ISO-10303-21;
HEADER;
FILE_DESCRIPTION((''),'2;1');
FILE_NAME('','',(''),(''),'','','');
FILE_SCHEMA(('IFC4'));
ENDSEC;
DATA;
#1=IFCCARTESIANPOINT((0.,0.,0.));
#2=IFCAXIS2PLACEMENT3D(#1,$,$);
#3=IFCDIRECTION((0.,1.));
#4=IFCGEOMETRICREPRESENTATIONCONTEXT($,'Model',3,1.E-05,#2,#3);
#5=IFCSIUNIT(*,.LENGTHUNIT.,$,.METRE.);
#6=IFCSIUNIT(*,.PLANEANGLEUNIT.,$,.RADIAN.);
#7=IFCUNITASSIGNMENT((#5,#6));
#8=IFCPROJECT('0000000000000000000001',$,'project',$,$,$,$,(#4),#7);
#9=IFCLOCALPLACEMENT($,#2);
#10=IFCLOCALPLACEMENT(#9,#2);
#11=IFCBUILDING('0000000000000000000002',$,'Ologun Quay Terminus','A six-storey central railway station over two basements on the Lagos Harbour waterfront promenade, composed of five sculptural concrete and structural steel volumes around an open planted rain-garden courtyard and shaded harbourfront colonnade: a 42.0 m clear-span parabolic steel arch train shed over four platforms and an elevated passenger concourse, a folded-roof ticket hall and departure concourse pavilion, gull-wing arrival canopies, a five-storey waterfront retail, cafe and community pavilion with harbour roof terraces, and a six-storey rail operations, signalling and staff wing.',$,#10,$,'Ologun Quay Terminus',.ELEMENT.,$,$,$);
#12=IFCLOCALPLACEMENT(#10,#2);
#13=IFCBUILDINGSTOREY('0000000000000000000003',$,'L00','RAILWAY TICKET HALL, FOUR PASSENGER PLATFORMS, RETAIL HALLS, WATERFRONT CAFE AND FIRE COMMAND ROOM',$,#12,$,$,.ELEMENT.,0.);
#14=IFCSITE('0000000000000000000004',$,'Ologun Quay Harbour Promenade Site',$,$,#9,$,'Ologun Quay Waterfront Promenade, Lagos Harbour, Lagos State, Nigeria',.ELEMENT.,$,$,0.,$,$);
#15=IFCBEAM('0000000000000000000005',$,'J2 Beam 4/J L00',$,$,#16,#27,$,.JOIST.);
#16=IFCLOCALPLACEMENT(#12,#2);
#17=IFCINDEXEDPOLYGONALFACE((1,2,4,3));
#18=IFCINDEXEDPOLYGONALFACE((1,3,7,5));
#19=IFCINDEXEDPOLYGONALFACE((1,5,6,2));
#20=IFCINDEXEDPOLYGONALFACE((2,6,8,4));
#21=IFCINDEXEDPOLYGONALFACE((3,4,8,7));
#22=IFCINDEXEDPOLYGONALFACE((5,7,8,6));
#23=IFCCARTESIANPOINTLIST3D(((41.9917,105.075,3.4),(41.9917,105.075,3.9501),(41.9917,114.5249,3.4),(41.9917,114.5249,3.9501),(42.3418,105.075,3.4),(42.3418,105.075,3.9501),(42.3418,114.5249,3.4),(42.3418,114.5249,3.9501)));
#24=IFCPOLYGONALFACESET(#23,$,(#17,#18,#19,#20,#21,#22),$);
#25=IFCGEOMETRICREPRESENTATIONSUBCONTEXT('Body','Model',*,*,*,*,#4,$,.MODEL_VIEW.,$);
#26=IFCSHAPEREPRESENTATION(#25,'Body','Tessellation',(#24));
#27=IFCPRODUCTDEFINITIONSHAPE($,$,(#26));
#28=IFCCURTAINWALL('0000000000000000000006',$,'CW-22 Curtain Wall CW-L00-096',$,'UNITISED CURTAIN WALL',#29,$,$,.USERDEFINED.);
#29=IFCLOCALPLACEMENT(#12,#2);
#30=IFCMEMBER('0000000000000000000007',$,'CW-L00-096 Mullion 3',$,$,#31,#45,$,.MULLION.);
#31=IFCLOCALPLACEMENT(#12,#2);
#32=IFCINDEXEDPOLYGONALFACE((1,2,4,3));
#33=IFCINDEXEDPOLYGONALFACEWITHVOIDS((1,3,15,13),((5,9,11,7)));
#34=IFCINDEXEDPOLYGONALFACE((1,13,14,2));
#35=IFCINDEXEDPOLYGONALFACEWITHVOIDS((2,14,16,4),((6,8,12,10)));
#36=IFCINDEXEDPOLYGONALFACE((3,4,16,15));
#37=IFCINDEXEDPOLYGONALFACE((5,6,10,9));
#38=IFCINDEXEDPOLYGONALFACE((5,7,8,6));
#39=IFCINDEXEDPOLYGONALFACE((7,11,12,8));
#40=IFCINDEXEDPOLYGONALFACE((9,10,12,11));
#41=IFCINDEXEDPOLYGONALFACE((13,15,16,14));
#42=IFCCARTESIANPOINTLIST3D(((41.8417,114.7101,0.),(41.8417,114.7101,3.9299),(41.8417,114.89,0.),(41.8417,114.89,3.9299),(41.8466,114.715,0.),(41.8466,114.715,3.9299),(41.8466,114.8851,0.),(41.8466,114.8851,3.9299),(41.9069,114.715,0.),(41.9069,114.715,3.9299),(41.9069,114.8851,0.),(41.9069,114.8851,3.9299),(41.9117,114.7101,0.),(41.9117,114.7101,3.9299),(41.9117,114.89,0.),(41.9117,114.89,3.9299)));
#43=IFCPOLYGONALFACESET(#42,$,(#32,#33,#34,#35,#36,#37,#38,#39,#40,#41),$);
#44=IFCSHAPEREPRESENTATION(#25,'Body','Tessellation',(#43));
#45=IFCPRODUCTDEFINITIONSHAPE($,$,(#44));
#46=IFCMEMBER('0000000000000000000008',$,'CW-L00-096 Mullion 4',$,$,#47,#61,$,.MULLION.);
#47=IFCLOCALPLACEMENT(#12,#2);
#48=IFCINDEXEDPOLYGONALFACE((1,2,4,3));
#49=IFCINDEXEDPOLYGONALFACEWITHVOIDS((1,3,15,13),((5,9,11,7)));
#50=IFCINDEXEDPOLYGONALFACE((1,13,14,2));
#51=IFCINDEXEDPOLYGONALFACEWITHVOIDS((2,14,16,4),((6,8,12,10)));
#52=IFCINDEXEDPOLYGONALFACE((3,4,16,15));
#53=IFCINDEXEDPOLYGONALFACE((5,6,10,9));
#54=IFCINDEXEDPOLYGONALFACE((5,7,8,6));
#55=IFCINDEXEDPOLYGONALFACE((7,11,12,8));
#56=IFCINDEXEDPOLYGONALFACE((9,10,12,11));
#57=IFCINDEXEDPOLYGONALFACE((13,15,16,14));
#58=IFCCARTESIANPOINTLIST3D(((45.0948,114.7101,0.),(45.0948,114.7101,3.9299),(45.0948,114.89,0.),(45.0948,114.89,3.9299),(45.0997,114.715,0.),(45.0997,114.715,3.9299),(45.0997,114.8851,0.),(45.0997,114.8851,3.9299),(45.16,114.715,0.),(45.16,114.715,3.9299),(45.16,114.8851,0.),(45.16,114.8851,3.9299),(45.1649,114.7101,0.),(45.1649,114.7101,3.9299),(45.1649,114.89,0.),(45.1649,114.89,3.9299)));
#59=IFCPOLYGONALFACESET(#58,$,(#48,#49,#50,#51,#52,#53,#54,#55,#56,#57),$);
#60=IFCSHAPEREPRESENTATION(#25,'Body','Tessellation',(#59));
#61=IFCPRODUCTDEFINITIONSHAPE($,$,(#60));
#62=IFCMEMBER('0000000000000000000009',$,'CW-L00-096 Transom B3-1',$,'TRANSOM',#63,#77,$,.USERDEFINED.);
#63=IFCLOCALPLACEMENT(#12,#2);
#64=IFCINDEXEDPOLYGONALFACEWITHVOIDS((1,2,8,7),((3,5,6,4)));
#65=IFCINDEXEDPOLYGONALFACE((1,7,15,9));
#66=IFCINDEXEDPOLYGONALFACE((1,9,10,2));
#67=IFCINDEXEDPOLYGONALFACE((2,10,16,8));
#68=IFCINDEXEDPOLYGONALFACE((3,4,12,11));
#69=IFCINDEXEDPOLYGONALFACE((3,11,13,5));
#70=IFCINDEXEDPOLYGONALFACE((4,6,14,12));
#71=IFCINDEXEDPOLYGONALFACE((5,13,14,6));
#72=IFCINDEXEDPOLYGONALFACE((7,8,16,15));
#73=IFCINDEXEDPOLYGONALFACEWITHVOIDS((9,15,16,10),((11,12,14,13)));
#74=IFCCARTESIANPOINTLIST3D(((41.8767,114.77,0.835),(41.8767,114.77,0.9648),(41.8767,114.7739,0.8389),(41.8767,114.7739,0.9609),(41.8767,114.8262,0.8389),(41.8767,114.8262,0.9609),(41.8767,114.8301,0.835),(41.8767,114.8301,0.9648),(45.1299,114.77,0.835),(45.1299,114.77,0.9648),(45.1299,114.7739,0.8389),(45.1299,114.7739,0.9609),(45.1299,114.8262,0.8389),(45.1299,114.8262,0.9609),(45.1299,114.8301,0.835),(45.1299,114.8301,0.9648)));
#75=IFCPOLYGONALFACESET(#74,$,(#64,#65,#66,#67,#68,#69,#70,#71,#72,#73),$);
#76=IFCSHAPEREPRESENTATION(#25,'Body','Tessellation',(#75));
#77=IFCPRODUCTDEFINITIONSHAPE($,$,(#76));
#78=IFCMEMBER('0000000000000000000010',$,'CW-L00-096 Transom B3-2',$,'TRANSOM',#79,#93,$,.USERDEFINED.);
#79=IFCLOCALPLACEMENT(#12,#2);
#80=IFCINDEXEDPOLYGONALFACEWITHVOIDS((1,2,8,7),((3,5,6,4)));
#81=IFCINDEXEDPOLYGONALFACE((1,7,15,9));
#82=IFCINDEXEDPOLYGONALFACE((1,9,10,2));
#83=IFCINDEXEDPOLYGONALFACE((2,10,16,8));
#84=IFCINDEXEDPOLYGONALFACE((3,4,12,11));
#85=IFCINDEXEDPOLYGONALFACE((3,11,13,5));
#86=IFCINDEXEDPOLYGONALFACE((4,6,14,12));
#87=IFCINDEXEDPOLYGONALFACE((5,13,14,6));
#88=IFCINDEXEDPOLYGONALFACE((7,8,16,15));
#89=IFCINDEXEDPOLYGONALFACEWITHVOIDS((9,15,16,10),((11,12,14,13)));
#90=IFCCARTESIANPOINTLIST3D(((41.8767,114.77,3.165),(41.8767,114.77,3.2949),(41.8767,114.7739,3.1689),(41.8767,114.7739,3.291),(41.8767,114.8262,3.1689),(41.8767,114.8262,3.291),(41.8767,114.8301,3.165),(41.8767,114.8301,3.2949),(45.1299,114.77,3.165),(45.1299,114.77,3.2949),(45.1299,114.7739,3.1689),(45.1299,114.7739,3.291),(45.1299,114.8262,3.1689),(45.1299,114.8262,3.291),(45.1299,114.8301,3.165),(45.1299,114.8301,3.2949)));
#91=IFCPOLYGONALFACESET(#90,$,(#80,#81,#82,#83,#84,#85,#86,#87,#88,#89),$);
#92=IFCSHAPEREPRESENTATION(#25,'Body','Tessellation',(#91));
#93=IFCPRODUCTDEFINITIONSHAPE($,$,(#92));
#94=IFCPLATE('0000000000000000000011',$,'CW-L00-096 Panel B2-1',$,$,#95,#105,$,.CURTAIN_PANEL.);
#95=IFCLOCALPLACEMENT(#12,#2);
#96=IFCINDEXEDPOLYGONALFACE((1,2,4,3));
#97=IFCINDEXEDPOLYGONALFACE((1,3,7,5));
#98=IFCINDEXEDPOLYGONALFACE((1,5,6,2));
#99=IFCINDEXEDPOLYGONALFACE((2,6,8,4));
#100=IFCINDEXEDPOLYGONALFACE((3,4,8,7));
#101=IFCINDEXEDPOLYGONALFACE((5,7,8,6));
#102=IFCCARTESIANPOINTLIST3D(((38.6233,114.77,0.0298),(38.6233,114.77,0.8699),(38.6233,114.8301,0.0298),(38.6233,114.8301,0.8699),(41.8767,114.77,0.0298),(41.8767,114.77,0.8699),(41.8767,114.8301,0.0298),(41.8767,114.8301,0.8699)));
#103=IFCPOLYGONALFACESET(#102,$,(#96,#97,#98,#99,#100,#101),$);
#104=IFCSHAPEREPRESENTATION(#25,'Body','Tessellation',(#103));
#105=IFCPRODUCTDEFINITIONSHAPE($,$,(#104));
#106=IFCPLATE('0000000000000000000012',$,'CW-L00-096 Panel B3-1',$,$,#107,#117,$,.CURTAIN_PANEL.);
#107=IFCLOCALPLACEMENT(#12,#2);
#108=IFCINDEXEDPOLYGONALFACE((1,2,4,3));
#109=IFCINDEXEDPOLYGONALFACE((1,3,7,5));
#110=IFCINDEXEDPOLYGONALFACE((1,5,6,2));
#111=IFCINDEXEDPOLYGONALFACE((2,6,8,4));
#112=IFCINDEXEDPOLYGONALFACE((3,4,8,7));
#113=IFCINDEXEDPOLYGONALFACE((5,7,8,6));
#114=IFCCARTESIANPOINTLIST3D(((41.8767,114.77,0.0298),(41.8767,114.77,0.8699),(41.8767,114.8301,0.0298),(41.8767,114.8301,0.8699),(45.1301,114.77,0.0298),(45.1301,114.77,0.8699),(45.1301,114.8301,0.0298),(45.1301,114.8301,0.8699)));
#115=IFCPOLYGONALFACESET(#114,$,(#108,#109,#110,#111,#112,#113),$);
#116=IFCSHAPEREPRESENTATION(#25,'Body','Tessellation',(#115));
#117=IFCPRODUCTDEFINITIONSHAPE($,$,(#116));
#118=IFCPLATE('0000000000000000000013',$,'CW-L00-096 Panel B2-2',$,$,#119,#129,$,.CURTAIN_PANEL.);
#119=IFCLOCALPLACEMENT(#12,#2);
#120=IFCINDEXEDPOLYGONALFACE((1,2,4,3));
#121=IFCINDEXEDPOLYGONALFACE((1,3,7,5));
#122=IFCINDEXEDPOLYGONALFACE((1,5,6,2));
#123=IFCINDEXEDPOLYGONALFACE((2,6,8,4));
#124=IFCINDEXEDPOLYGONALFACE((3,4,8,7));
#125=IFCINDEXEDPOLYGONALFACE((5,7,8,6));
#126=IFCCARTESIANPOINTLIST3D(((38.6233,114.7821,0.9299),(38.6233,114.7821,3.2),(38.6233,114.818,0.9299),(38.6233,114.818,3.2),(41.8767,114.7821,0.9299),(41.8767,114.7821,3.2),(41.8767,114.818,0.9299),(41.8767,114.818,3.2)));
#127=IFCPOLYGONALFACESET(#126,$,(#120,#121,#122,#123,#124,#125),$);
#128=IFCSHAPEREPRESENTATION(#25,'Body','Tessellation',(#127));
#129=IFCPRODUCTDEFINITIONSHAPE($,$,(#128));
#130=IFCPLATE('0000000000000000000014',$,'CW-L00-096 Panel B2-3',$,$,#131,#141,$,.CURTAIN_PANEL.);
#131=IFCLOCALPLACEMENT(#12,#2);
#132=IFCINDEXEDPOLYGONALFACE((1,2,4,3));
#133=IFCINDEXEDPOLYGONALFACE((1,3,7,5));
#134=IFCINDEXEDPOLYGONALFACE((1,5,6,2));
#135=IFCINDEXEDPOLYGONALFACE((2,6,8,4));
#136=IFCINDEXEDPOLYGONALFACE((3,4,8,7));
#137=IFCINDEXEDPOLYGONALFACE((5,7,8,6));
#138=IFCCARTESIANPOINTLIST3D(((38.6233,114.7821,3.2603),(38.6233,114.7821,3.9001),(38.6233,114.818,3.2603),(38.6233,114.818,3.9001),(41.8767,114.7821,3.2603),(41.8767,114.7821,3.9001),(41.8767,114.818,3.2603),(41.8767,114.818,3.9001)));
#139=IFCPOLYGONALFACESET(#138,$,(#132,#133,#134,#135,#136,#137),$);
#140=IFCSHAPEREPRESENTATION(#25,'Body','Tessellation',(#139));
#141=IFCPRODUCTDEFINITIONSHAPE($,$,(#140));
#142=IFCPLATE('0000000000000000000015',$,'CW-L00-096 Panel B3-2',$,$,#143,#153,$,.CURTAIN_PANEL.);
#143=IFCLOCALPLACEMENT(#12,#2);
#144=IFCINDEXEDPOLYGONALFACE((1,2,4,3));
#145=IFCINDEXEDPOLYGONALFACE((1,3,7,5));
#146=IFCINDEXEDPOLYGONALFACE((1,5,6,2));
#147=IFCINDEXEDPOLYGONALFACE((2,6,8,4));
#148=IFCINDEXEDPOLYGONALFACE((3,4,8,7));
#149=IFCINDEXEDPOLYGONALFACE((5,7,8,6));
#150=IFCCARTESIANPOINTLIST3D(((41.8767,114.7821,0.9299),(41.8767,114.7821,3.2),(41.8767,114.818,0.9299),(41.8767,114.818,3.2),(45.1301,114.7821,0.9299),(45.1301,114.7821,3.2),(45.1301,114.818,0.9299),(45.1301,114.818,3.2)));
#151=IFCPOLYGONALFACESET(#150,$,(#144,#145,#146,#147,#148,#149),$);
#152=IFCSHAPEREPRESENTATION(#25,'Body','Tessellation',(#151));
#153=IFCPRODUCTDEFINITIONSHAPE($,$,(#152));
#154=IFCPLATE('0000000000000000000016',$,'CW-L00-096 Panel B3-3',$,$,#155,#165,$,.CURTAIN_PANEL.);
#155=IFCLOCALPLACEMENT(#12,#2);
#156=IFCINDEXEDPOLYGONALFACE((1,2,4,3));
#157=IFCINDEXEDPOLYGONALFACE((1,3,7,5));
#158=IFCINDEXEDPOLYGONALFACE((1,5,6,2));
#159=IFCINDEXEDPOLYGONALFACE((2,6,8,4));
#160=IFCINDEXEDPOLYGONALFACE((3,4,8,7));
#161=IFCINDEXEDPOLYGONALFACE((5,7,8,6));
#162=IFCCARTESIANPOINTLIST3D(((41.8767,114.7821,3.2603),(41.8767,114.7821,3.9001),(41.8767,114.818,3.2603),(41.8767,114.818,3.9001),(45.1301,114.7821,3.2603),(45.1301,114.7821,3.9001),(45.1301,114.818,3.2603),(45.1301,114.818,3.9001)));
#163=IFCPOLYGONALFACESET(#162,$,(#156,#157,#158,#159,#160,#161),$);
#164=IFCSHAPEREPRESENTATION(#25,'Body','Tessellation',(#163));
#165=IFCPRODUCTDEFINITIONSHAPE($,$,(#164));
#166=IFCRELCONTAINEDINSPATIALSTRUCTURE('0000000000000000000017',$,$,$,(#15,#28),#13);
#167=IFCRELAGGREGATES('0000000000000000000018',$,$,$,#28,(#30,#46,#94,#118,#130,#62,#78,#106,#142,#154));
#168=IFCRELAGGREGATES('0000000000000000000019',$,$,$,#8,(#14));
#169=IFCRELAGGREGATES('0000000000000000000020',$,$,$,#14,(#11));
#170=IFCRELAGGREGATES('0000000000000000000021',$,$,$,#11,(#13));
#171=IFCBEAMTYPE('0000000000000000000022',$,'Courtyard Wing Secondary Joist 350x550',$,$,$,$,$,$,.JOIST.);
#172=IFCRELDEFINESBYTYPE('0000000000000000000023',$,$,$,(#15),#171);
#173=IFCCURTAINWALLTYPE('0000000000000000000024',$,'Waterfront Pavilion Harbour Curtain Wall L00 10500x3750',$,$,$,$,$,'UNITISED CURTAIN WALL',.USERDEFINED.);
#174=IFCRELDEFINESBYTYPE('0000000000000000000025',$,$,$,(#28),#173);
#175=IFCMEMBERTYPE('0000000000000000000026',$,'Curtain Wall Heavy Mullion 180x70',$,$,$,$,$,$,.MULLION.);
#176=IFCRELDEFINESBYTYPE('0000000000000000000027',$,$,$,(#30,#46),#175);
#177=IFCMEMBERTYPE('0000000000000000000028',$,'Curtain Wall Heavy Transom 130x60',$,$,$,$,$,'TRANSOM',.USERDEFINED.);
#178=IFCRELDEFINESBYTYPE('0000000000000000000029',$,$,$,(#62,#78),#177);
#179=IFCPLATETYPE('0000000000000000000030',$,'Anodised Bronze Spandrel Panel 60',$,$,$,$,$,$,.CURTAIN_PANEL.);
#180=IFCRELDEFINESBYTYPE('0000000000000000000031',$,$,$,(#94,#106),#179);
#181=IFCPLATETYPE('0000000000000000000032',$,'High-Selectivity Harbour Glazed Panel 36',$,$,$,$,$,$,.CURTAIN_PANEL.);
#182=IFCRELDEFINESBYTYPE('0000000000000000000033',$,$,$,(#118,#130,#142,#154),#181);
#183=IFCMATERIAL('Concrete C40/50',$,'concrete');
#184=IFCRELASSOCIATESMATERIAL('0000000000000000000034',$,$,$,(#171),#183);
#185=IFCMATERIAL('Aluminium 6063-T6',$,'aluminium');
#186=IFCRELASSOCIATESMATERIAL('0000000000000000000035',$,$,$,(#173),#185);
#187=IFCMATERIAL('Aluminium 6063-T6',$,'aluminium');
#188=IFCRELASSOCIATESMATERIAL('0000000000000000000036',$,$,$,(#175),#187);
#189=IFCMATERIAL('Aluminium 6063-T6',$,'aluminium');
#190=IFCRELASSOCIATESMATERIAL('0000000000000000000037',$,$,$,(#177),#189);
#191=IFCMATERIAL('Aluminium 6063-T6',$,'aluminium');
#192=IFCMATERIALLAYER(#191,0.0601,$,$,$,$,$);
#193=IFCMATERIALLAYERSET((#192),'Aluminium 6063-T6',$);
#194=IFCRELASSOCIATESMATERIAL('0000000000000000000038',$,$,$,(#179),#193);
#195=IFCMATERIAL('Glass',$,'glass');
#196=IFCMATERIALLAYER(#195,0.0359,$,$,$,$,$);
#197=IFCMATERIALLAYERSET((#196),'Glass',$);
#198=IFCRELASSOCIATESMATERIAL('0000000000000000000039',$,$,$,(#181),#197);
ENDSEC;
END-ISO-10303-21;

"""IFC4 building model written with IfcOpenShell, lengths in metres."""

from ifc_helpers import new_model, si_unit, direction, frame, origin, origin_2d, place, context, subcontext, project, spatial, rectangle, hollow_rectangle, extrude, material, layer, layer_set, material_profile, profile_set, type_object, element, aggregate, save


model = new_model("IFC4")

# Units and contexts
model_context = context("Model", 3, precision=1e-05, world=origin(), true_north=direction((0.0, 1.0)))
body_context = subcontext(model_context, "Body", "Model", "MODEL_VIEW")
ifc_project = project(units=[si_unit("LENGTHUNIT", "METRE"), si_unit("PLANEANGLEUNIT", "RADIAN")], contexts=[model_context])

# Site, building, storey
site_placement = place(None, origin())
site = spatial("IfcSite", under=ifc_project, at=site_placement, Name="Ologun Quay Harbour Promenade Site", LongName="Ologun Quay Waterfront Promenade, Lagos Harbour, Lagos State, Nigeria", CompositionType="ELEMENT", RefElevation=0.0)
building_placement = place(site_placement, origin())
building = spatial("IfcBuilding", under=site, at=building_placement, Name="Ologun Quay Terminus", Description="A six-storey central railway station over two basements on the Lagos Harbour waterfront promenade, composed of five sculptural concrete and structural steel volumes around an open planted rain-garden courtyard and shaded harbourfront colonnade: a 42.0 m clear-span parabolic steel arch train shed over four platforms and an elevated passenger concourse, a folded-roof ticket hall and departure concourse pavilion, gull-wing arrival canopies, a five-storey waterfront retail, cafe and community pavilion with harbour roof terraces, and a six-storey rail operations, signalling and staff wing.", LongName="Ologun Quay Terminus", CompositionType="ELEMENT")
storey_placement = place(building_placement, origin())
storey = spatial("IfcBuildingStorey", under=building, at=storey_placement, Name="L00", Description="RAILWAY TICKET HALL, FOUR PASSENGER PLATFORMS, RETAIL HALLS, WATERFRONT CAFE AND FIRE COMMAND ROOM", CompositionType="ELEMENT", Elevation=0.0)

# Beam
ifc_material_1 = material(Name="Concrete C40/50", Category="concrete")
ifc_material_profile_1 = material_profile(ifc_material_1, rectangle(XDim=0.3501, YDim=0.55, at=origin_2d()), Name="RC 350x550")
ifc_profile_set_1 = profile_set([ifc_material_profile_1], Name="Concrete C40/50")
beam_type = type_object("IfcBeamType", Name="Courtyard Wing Secondary Joist 350x550", PredefinedType="JOIST", material=ifc_profile_set_1)
beam_placement = place(storey_placement, frame((42.1667, 105.075, 3.675), z_axis=(0.0, 1.0, 0.0), x_axis=(-1.0, 0.0, 0.0)))
element("IfcBeam", 1, at=beam_placement, inside=storey, type_object=beam_type, Name="J2 Beam 4/J L00", PredefinedType="JOIST", context=body_context, shape_type="SweptSolid", body=[
    extrude(rectangle(XDim=0.3501, YDim=0.55, at=origin_2d()), origin(), (0.0, 0.0, 1.0), 9.45),
])

# Curtain wall, members, plates
ifc_material_2 = material(Name="Aluminium 6063-T6", Category="aluminium")
curtain_wall_type = type_object("IfcCurtainWallType", Name="Waterfront Pavilion Harbour Curtain Wall L00 10500x3750", ElementType="UNITISED CURTAIN WALL", PredefinedType="USERDEFINED", material=ifc_material_2)
curtain_wall_placement = place(storey_placement, origin())
curtain_wall = element("IfcCurtainWall", 2, at=curtain_wall_placement, inside=storey, type_object=curtain_wall_type, Name="CW-22 Curtain Wall CW-L00-096", ObjectType="UNITISED CURTAIN WALL", PredefinedType="USERDEFINED")
ifc_material_3 = material(Name="Aluminium 6063-T6", Category="aluminium")
ifc_material_profile_2 = material_profile(ifc_material_3, hollow_rectangle(XDim=0.0701, YDim=0.1799, WallThickness=0.0049, at=origin_2d()), Name="ALU 180x70x5")
ifc_profile_set_2 = profile_set([ifc_material_profile_2], Name="Aluminium 6063-T6")
member_type_1 = type_object("IfcMemberType", Name="Curtain Wall Heavy Mullion 180x70", PredefinedType="MULLION", material=ifc_profile_set_2)
member_1_placement = place(storey_placement, frame((41.8767, 114.8, 0.0), z_axis=(0.0, 0.0, 1.0), x_axis=(1.0, 0.0, 0.0)))
member_1 = element("IfcMember", 3, at=member_1_placement, type_object=member_type_1, Name="CW-L00-096 Mullion 3", PredefinedType="MULLION", context=body_context, shape_type="SweptSolid", body=[
    extrude(hollow_rectangle(XDim=0.0701, YDim=0.1799, WallThickness=0.0049, at=origin_2d()), origin(), (0.0, 0.0, 1.0), 3.9299),
])
member_2_placement = place(storey_placement, frame((45.1299, 114.8, 0.0), z_axis=(0.0, 0.0, 1.0), x_axis=(1.0, 0.0, 0.0)))
member_2 = element("IfcMember", 4, at=member_2_placement, type_object=member_type_1, Name="CW-L00-096 Mullion 4", PredefinedType="MULLION", context=body_context, shape_type="SweptSolid", body=[
    extrude(hollow_rectangle(XDim=0.0701, YDim=0.1799, WallThickness=0.0049, at=origin_2d()), origin(), (0.0, 0.0, 1.0), 3.9299),
])
ifc_material_4 = material(Name="Aluminium 6063-T6", Category="aluminium")
ifc_material_profile_3 = material_profile(ifc_material_4, hollow_rectangle(XDim=0.0601, YDim=0.1299, WallThickness=0.0039, at=origin_2d()), Name="ALU 130x60x4")
ifc_profile_set_3 = profile_set([ifc_material_profile_3], Name="Aluminium 6063-T6")
member_type_2 = type_object("IfcMemberType", Name="Curtain Wall Heavy Transom 130x60", ElementType="TRANSOM", PredefinedType="USERDEFINED", material=ifc_profile_set_3)
member_3_placement = place(storey_placement, frame((41.8767, 114.8, 0.8999), z_axis=(1.0, 0.0, 0.0), x_axis=(0.0, 1.0, 0.0)))
member_3 = element("IfcMember", 5, at=member_3_placement, type_object=member_type_2, Name="CW-L00-096 Transom B3-1", ObjectType="TRANSOM", PredefinedType="USERDEFINED", context=body_context, shape_type="SweptSolid", body=[
    extrude(hollow_rectangle(XDim=0.0601, YDim=0.1299, WallThickness=0.0039, at=origin_2d()), origin(), (0.0, 0.0, 1.0), 3.2532),
])
member_4_placement = place(storey_placement, frame((41.8767, 114.8, 3.23), z_axis=(1.0, 0.0, 0.0), x_axis=(0.0, 1.0, 0.0)))
member_4 = element("IfcMember", 6, at=member_4_placement, type_object=member_type_2, Name="CW-L00-096 Transom B3-2", ObjectType="TRANSOM", PredefinedType="USERDEFINED", context=body_context, shape_type="SweptSolid", body=[
    extrude(hollow_rectangle(XDim=0.0601, YDim=0.1299, WallThickness=0.0039, at=origin_2d()), origin(), (0.0, 0.0, 1.0), 3.2532),
])
ifc_material_5 = material(Name="Aluminium 6063-T6", Category="aluminium")
ifc_layer_1 = layer(ifc_material_5, 0.0601)
ifc_layer_set_1 = layer_set([ifc_layer_1], Name="Aluminium 6063-T6")
plate_type_1 = type_object("IfcPlateType", Name="Anodised Bronze Spandrel Panel 60", PredefinedType="CURTAIN_PANEL", material=ifc_layer_set_1)
plate_1_placement = place(storey_placement, frame((40.25, 114.8, 0.0298), z_axis=(0.0, 0.0, 1.0), x_axis=(1.0, 0.0, 0.0)))
plate_1 = element("IfcPlate", 7, at=plate_1_placement, type_object=plate_type_1, Name="CW-L00-096 Panel B2-1", PredefinedType="CURTAIN_PANEL", context=body_context, shape_type="SweptSolid", body=[
    extrude(rectangle(XDim=3.2534, YDim=0.0601, at=origin_2d()), origin(), (0.0, 0.0, 1.0), 0.8401),
])
plate_2_placement = place(storey_placement, frame((43.5034, 114.8, 0.0298), z_axis=(0.0, 0.0, 1.0), x_axis=(1.0, 0.0, 0.0)))
plate_2 = element("IfcPlate", 8, at=plate_2_placement, type_object=plate_type_1, Name="CW-L00-096 Panel B3-1", PredefinedType="CURTAIN_PANEL", context=body_context, shape_type="SweptSolid", body=[
    extrude(rectangle(XDim=3.2534, YDim=0.0601, at=origin_2d()), origin(), (0.0, 0.0, 1.0), 0.8401),
])
ifc_material_6 = material(Name="Glass", Category="glass")
ifc_layer_2 = layer(ifc_material_6, 0.0359)
ifc_layer_set_2 = layer_set([ifc_layer_2], Name="Glass")
plate_type_2 = type_object("IfcPlateType", Name="High-Selectivity Harbour Glazed Panel 36", PredefinedType="CURTAIN_PANEL", material=ifc_layer_set_2)
plate_3_placement = place(storey_placement, frame((40.25, 114.8, 0.9299), z_axis=(0.0, 0.0, 1.0), x_axis=(1.0, 0.0, 0.0)))
plate_3 = element("IfcPlate", 9, at=plate_3_placement, type_object=plate_type_2, Name="CW-L00-096 Panel B2-2", PredefinedType="CURTAIN_PANEL", context=body_context, shape_type="SweptSolid", body=[
    extrude(rectangle(XDim=3.2534, YDim=0.0359, at=origin_2d()), origin(), (0.0, 0.0, 1.0), 2.27),
])
plate_4_placement = place(storey_placement, frame((40.25, 114.8, 3.2603), z_axis=(0.0, 0.0, 1.0), x_axis=(1.0, 0.0, 0.0)))
plate_4 = element("IfcPlate", 10, at=plate_4_placement, type_object=plate_type_2, Name="CW-L00-096 Panel B2-3", PredefinedType="CURTAIN_PANEL", context=body_context, shape_type="SweptSolid", body=[
    extrude(rectangle(XDim=3.2534, YDim=0.0359, at=origin_2d()), origin(), (0.0, 0.0, 1.0), 0.6399),
])
plate_5_placement = place(storey_placement, frame((43.5034, 114.8, 0.9299), z_axis=(0.0, 0.0, 1.0), x_axis=(1.0, 0.0, 0.0)))
plate_5 = element("IfcPlate", 11, at=plate_5_placement, type_object=plate_type_2, Name="CW-L00-096 Panel B3-2", PredefinedType="CURTAIN_PANEL", context=body_context, shape_type="SweptSolid", body=[
    extrude(rectangle(XDim=3.2534, YDim=0.0359, at=origin_2d()), origin(), (0.0, 0.0, 1.0), 2.27),
])
plate_6_placement = place(storey_placement, frame((43.5034, 114.8, 3.2603), z_axis=(0.0, 0.0, 1.0), x_axis=(1.0, 0.0, 0.0)))
plate_6 = element("IfcPlate", 12, at=plate_6_placement, type_object=plate_type_2, Name="CW-L00-096 Panel B3-3", PredefinedType="CURTAIN_PANEL", context=body_context, shape_type="SweptSolid", body=[
    extrude(rectangle(XDim=3.2534, YDim=0.0359, at=origin_2d()), origin(), (0.0, 0.0, 1.0), 0.6399),
])
aggregate(curtain_wall, [member_1, member_2, plate_1, plate_3, plate_4, member_3, member_4, plate_2, plate_5, plate_6])

save(model, "model.ifc")
